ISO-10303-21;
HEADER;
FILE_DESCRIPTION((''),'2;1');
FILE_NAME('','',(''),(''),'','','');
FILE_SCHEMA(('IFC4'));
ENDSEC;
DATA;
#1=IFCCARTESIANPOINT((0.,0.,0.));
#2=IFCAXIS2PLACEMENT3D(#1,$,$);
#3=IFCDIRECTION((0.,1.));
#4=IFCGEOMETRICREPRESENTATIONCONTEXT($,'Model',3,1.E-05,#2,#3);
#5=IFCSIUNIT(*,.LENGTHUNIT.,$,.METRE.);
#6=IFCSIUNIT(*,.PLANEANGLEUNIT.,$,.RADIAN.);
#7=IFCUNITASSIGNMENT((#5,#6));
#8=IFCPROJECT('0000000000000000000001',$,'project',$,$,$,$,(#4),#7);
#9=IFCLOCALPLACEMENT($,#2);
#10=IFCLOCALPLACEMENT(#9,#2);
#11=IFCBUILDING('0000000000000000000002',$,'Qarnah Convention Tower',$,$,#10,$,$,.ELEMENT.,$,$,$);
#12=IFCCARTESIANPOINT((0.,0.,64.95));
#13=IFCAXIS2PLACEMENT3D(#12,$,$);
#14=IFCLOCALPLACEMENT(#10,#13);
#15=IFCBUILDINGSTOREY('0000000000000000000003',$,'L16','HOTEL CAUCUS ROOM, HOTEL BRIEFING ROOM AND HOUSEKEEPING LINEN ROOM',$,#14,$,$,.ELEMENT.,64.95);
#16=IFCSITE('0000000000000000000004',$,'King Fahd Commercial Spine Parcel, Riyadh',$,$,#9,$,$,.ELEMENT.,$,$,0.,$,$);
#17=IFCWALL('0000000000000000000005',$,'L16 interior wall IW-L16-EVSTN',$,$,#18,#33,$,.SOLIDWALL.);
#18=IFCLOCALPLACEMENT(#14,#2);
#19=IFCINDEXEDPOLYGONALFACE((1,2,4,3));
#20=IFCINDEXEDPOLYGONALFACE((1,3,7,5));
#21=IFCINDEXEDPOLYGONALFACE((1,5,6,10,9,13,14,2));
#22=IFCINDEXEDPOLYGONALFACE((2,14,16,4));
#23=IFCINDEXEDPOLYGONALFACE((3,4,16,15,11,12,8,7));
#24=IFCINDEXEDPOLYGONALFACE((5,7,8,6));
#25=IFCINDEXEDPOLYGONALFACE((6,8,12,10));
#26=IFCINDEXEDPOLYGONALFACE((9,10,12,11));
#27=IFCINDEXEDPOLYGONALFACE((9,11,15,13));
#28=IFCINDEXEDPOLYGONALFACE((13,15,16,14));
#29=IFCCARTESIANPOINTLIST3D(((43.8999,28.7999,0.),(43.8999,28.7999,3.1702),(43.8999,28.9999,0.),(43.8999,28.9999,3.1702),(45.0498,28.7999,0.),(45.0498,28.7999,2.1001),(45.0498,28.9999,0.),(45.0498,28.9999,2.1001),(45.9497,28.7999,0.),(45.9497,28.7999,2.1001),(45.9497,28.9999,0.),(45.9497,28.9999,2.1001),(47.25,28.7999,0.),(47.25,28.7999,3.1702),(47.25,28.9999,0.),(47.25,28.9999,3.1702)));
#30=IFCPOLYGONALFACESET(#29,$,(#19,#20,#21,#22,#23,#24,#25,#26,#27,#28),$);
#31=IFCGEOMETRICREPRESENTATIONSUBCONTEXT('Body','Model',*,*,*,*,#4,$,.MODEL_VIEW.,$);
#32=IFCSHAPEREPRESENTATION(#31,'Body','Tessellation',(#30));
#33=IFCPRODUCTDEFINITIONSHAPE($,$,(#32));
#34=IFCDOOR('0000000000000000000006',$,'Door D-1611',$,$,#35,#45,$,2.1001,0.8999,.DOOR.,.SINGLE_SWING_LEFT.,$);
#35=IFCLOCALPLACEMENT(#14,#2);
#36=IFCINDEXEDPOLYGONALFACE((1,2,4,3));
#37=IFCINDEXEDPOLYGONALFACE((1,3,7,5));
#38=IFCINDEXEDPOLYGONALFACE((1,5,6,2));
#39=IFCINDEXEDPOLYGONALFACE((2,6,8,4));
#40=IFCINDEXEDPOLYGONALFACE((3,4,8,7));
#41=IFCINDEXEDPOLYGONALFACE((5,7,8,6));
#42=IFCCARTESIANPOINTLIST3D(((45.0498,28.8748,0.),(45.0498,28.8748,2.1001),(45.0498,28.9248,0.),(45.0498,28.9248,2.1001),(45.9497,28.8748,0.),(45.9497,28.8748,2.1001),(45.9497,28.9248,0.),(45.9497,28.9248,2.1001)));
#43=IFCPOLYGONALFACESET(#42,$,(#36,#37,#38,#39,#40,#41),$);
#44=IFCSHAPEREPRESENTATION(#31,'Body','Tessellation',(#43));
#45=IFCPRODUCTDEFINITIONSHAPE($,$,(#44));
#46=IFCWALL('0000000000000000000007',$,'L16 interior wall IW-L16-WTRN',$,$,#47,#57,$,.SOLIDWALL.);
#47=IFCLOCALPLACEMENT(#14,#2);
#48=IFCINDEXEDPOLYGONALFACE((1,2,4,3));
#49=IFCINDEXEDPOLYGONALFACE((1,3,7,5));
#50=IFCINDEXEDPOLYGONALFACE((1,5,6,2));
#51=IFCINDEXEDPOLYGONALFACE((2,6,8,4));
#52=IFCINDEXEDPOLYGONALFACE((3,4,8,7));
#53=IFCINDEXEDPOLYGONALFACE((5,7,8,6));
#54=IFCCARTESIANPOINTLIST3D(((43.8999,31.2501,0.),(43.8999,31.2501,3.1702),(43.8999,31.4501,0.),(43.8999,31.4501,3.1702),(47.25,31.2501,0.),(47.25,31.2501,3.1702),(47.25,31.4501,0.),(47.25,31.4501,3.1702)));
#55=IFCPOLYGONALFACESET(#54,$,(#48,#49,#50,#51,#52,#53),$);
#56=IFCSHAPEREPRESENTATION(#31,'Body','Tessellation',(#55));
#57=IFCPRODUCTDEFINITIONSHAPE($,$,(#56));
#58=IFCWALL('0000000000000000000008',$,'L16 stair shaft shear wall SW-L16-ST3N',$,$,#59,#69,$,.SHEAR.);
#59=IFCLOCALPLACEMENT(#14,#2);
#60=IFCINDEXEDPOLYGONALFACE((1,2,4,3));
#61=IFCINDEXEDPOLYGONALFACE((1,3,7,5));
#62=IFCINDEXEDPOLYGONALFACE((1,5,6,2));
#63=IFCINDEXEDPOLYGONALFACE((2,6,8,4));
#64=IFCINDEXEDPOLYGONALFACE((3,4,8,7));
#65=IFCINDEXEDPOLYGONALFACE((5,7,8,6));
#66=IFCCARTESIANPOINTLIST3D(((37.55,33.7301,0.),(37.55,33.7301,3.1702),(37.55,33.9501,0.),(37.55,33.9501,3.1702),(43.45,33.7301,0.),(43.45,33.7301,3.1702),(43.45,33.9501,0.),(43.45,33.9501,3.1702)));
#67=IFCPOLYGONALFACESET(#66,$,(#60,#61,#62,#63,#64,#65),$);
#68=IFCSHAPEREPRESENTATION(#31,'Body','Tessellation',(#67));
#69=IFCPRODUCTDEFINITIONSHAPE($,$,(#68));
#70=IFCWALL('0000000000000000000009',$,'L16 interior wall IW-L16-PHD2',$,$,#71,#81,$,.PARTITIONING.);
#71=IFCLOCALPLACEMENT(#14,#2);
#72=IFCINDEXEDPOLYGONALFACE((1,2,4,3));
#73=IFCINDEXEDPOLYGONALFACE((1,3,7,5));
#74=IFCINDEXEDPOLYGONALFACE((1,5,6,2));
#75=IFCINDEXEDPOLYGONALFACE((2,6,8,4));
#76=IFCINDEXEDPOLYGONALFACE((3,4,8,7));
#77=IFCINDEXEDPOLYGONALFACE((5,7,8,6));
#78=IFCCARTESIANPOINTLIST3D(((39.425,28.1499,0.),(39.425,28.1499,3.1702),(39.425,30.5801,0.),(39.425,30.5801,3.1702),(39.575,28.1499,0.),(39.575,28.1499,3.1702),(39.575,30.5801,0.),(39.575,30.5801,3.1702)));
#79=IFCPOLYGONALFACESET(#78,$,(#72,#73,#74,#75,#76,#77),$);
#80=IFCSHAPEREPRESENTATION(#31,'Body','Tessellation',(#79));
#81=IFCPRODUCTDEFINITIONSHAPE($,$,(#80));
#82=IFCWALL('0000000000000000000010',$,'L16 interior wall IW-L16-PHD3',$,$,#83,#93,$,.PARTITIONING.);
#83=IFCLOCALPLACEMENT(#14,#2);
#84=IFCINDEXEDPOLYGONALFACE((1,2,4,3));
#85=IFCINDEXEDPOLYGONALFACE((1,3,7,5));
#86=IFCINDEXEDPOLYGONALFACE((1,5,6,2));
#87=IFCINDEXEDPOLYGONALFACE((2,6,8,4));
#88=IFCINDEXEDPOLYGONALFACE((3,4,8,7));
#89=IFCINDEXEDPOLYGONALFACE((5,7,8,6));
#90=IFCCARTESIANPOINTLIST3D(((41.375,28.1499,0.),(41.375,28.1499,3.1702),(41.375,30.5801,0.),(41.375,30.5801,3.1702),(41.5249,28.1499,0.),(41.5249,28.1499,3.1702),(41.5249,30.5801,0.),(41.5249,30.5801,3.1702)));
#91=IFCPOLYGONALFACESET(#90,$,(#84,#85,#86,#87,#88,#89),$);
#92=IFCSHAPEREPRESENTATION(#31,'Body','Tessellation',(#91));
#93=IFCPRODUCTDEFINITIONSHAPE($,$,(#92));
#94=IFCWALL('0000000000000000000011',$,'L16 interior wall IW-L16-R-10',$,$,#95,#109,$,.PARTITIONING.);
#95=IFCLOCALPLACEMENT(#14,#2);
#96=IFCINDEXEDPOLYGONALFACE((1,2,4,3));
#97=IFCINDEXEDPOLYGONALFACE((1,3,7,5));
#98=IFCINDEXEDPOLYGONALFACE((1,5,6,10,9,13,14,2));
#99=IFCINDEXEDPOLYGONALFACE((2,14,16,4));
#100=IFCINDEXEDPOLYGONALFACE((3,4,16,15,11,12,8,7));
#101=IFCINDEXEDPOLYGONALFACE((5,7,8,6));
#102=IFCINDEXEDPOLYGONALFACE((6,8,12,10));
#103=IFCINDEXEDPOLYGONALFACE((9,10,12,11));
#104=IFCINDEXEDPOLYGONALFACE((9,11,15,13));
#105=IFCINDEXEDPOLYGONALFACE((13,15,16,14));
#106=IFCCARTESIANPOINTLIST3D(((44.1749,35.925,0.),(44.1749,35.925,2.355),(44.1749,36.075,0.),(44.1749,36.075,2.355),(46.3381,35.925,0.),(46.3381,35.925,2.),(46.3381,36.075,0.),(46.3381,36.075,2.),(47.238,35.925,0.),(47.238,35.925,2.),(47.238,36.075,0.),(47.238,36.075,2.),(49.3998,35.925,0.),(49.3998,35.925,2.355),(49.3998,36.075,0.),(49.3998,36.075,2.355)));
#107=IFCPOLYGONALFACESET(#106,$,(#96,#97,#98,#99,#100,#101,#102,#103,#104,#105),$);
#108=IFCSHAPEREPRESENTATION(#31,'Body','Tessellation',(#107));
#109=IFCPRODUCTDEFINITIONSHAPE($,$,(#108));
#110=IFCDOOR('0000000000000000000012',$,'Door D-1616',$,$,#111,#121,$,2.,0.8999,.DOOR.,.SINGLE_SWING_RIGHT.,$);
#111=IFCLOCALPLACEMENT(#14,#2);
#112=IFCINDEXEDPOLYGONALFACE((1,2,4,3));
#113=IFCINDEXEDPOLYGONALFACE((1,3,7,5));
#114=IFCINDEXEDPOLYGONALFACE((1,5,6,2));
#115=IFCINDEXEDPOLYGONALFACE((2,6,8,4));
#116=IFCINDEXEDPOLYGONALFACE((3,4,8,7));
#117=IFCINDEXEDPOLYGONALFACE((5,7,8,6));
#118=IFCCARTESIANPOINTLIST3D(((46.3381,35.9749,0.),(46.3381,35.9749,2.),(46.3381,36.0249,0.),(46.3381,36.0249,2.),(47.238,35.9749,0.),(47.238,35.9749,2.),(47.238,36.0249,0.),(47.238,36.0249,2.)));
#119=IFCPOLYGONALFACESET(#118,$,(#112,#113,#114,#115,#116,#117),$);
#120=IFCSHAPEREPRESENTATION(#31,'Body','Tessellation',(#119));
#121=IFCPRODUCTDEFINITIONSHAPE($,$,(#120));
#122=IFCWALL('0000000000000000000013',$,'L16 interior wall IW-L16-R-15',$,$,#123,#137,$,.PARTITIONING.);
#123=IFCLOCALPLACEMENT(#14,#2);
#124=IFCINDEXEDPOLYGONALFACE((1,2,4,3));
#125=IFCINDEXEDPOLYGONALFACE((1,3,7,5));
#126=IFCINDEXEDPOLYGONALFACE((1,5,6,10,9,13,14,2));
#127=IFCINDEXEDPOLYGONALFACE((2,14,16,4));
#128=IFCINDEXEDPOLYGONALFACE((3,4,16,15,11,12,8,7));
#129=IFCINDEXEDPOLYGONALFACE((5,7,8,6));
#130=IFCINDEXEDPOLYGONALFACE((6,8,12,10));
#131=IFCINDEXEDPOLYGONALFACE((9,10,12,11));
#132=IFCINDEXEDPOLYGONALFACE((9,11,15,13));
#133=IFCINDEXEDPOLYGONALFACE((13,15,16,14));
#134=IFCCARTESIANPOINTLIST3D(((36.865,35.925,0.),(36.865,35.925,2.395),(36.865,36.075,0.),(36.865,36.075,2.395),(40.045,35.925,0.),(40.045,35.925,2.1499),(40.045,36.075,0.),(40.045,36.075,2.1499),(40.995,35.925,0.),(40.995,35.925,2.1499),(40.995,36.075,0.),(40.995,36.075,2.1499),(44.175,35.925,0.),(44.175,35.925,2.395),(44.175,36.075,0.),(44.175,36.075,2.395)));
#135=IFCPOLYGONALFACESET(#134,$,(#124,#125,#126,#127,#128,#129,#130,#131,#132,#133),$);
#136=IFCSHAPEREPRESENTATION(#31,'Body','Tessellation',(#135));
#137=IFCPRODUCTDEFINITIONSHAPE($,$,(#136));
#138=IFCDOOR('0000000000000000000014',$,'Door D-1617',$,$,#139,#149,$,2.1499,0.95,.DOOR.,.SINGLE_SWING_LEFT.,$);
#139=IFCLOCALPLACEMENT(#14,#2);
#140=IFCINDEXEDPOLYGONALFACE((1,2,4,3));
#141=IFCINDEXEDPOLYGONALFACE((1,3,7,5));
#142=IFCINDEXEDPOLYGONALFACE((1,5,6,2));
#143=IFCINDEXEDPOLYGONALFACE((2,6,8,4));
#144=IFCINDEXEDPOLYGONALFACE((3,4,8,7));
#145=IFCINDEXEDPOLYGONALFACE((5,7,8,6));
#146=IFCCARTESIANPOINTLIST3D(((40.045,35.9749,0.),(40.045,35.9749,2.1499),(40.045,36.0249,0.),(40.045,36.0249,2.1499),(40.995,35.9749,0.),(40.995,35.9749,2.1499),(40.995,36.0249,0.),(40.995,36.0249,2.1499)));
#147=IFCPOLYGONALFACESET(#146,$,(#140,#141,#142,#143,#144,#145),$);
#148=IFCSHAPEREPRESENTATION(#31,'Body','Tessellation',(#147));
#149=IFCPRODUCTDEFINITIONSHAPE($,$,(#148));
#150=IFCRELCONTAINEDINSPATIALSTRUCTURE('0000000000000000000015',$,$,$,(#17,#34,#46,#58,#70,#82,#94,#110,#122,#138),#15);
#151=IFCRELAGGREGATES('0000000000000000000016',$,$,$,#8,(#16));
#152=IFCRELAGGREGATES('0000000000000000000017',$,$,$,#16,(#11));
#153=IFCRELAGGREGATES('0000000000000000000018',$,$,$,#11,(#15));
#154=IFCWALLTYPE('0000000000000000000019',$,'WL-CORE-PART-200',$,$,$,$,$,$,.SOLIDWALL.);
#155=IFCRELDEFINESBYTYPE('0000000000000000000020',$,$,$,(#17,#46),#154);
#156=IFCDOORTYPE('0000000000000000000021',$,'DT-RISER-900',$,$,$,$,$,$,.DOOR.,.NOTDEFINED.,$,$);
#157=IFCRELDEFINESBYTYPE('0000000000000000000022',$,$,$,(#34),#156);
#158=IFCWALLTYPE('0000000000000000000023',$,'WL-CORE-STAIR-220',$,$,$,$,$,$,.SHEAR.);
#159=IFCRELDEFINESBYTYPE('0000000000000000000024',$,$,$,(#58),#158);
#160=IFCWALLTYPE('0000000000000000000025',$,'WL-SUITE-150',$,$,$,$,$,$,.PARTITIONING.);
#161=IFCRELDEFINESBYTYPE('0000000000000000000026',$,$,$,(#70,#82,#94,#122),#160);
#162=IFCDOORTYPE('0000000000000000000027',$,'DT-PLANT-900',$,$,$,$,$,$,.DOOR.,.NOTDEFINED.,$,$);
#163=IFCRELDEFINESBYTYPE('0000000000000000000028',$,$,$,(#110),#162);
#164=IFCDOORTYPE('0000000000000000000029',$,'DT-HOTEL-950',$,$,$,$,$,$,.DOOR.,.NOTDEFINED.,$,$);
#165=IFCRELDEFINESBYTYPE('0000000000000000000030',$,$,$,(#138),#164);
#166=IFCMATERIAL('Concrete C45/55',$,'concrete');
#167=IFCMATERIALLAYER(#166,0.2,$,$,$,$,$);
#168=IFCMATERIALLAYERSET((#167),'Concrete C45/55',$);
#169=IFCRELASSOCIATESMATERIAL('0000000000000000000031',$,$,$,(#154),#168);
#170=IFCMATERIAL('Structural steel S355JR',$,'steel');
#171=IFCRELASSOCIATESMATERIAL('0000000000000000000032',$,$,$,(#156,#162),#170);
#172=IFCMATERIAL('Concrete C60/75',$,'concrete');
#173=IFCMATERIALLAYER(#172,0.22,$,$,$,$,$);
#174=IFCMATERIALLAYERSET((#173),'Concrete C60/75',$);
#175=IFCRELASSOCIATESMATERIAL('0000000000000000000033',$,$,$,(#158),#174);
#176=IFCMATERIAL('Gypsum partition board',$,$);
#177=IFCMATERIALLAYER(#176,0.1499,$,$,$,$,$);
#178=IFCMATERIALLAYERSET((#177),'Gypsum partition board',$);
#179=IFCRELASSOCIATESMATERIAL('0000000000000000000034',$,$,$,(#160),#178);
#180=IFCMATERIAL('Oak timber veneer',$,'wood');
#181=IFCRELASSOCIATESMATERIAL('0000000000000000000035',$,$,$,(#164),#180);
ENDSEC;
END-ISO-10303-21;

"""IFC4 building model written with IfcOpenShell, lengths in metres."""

from ifc_helpers import new_model, si_unit, direction, frame, frame_2d, origin, place, context, subcontext, project, spatial, rectangle, extrude, material, layer, layer_set, type_object, element, fill, save


model = new_model("IFC4")

# Units and contexts
model_context = context("Model", 3, precision=1e-05, world=origin(), true_north=direction((0.0, 1.0)))
body_context = subcontext(model_context, "Body", "Model", "MODEL_VIEW")
ifc_project = project(units=[si_unit("LENGTHUNIT", "METRE"), si_unit("PLANEANGLEUNIT", "RADIAN")], contexts=[model_context])

# Site, building, storey
site_placement = place(None, origin())
site = spatial("IfcSite", under=ifc_project, at=site_placement, Name="King Fahd Commercial Spine Parcel, Riyadh", CompositionType="ELEMENT", RefElevation=0.0)
building_placement = place(site_placement, origin())
building = spatial("IfcBuilding", under=site, at=building_placement, Name="Qarnah Convention Tower", CompositionType="ELEMENT")
storey_placement = place(building_placement, frame((0.0, 0.0, 64.95)))
storey = spatial("IfcBuildingStorey", under=building, at=storey_placement, Name="L16", Description="HOTEL CAUCUS ROOM, HOTEL BRIEFING ROOM AND HOUSEKEEPING LINEN ROOM", CompositionType="ELEMENT", Elevation=64.95)

# Shared definitions
ifc_material_1 = material(Name="Structural steel S355JR", Category="steel")

# Wall, opening, door
ifc_material_2 = material(Name="Concrete C45/55", Category="concrete")
ifc_layer_1 = layer(ifc_material_2, 0.2)
ifc_layer_set_1 = layer_set([ifc_layer_1], Name="Concrete C45/55")
wall_type_1 = type_object("IfcWallType", Name="WL-CORE-PART-200", PredefinedType="SOLIDWALL", material=ifc_layer_set_1)
wall_1_placement = place(storey_placement, frame((43.8999, 28.8999, 0.0), z_axis=(0.0, 0.0, 1.0), x_axis=(1.0, 0.0, 0.0)))
wall_1 = element("IfcWall", 1, at=wall_1_placement, inside=storey, type_object=wall_type_1, Name="L16 interior wall IW-L16-EVSTN", PredefinedType="SOLIDWALL", context=body_context, shape_type="SweptSolid", body=[
    extrude(rectangle(XDim=3.3501, YDim=0.2, at=frame_2d((1.675, 0.0))), origin(), (0.0, 0.0, 1.0), 3.1702),
])
opening_1_placement = place(wall_1_placement, frame((1.1499, 0.0, 0.0)))
opening_1 = element("IfcOpeningElement", 2, at=opening_1_placement, cuts=wall_1, PredefinedType="OPENING", context=body_context, shape_type="SweptSolid", body=[
    extrude(rectangle(XDim=0.8999, YDim=2.1001, at=frame_2d((0.45, 1.05))), frame((0.0, 0.1099, 0.0), z_axis=(0.0, -1.0, 0.0), x_axis=(1.0, 0.0, 0.0)), (0.0, 0.0, 1.0), 0.22),
])
door_type_1 = type_object("IfcDoorType", Name="DT-RISER-900", OperationType="NOTDEFINED", PredefinedType="DOOR", material=ifc_material_1)
door_1_placement = place(opening_1_placement, origin())
door_1 = element("IfcDoor", 3, at=door_1_placement, inside=storey, type_object=door_type_1, Name="Door D-1611", OperationType="SINGLE_SWING_LEFT", OverallHeight=2.1001, OverallWidth=0.8999, PredefinedType="DOOR", context=body_context, shape_type="SweptSolid", body=[
    extrude(rectangle(XDim=0.8999, YDim=2.1001, at=frame_2d((0.45, 1.05))), frame((0.0, 0.0249, 0.0), z_axis=(0.0, -1.0, 0.0), x_axis=(1.0, 0.0, 0.0)), (0.0, 0.0, 1.0), 0.05),
])
fill(opening_1, door_1)

# Walls
wall_2_placement = place(storey_placement, frame((43.8999, 31.3501, 0.0), z_axis=(0.0, 0.0, 1.0), x_axis=(1.0, 0.0, 0.0)))
element("IfcWall", 4, at=wall_2_placement, inside=storey, type_object=wall_type_1, Name="L16 interior wall IW-L16-WTRN", PredefinedType="SOLIDWALL", context=body_context, shape_type="SweptSolid", body=[
    extrude(rectangle(XDim=3.3501, YDim=0.2, at=frame_2d((1.675, 0.0))), origin(), (0.0, 0.0, 1.0), 3.1702),
])
ifc_material_3 = material(Name="Concrete C60/75", Category="concrete")
ifc_layer_2 = layer(ifc_material_3, 0.22)
ifc_layer_set_2 = layer_set([ifc_layer_2], Name="Concrete C60/75")
wall_type_2 = type_object("IfcWallType", Name="WL-CORE-STAIR-220", PredefinedType="SHEAR", material=ifc_layer_set_2)
wall_3_placement = place(storey_placement, frame((37.55, 33.8401, 0.0), z_axis=(0.0, 0.0, 1.0), x_axis=(1.0, 0.0, 0.0)))
element("IfcWall", 5, at=wall_3_placement, inside=storey, type_object=wall_type_2, Name="L16 stair shaft shear wall SW-L16-ST3N", PredefinedType="SHEAR", context=body_context, shape_type="SweptSolid", body=[
    extrude(rectangle(XDim=5.8999, YDim=0.22, at=frame_2d((2.95, 0.0))), origin(), (0.0, 0.0, 1.0), 3.1702),
])
ifc_material_4 = material(Name="Gypsum partition board")
ifc_layer_3 = layer(ifc_material_4, 0.1499)
ifc_layer_set_3 = layer_set([ifc_layer_3], Name="Gypsum partition board")
wall_type_3 = type_object("IfcWallType", Name="WL-SUITE-150", PredefinedType="PARTITIONING", material=ifc_layer_set_3)
for number, where, z_axis, x_axis, name in (
    (6, (39.5, 28.1499, 0.0), (0.0, 0.0, 1.0), (0.0, 1.0, 0.0), "L16 interior wall IW-L16-PHD2"),
    (7, (41.45, 28.1499, 0.0), (0.0, 0.0, 1.0), (0.0, 1.0, 0.0), "L16 interior wall IW-L16-PHD3"),
):
    element("IfcWall", number, at=place(storey_placement, frame(where, z_axis=z_axis, x_axis=x_axis)), inside=storey, type_object=wall_type_3, Name=name, PredefinedType="PARTITIONING", context=body_context, shape_type="SweptSolid", body=[
        extrude(rectangle(XDim=2.4302, YDim=0.1499, at=frame_2d((1.2151, 0.0))), origin(), (0.0, 0.0, 1.0), 3.1702),
    ])

# Walls, openings, doors
wall_4_placement = place(storey_placement, frame((44.175, 36.0, 0.0), z_axis=(0.0, 0.0, 1.0), x_axis=(1.0, 0.0, 0.0)))
wall_4 = element("IfcWall", 8, at=wall_4_placement, inside=storey, type_object=wall_type_3, Name="L16 interior wall IW-L16-R-10", PredefinedType="PARTITIONING", context=body_context, shape_type="SweptSolid", body=[
    extrude(rectangle(XDim=5.2249, YDim=0.1499, at=frame_2d((2.6123, 0.0))), origin(), (0.0, 0.0, 1.0), 2.355),
])
opening_2_placement = place(wall_4_placement, frame((2.1631, 0.0, 0.0)))
opening_2 = element("IfcOpeningElement", 9, at=opening_2_placement, cuts=wall_4, PredefinedType="OPENING", context=body_context, shape_type="SweptSolid", body=[
    extrude(rectangle(XDim=0.8999, YDim=2.0, at=frame_2d((0.45, 1.0))), frame((0.0, 0.085, 0.0), z_axis=(0.0, -1.0, 0.0), x_axis=(1.0, 0.0, 0.0)), (0.0, 0.0, 1.0), 0.1699),
])
door_type_2 = type_object("IfcDoorType", Name="DT-PLANT-900", OperationType="NOTDEFINED", PredefinedType="DOOR", material=ifc_material_1)
door_2_placement = place(opening_2_placement, origin())
door_2 = element("IfcDoor", 10, at=door_2_placement, inside=storey, type_object=door_type_2, Name="Door D-1616", OperationType="SINGLE_SWING_RIGHT", OverallHeight=2.0, OverallWidth=0.8999, PredefinedType="DOOR", context=body_context, shape_type="SweptSolid", body=[
    extrude(rectangle(XDim=0.8999, YDim=2.0, at=frame_2d((0.45, 1.0))), frame((0.0, 0.0249, 0.0), z_axis=(0.0, -1.0, 0.0), x_axis=(1.0, 0.0, 0.0)), (0.0, 0.0, 1.0), 0.05),
])
fill(opening_2, door_2)
wall_5_placement = place(storey_placement, frame((36.865, 36.0, 0.0), z_axis=(0.0, 0.0, 1.0), x_axis=(1.0, 0.0, 0.0)))
wall_5 = element("IfcWall", 11, at=wall_5_placement, inside=storey, type_object=wall_type_3, Name="L16 interior wall IW-L16-R-15", PredefinedType="PARTITIONING", context=body_context, shape_type="SweptSolid", body=[
    extrude(rectangle(XDim=7.3101, YDim=0.1499, at=frame_2d((3.655, 0.0))), origin(), (0.0, 0.0, 1.0), 2.395),
])
opening_3_placement = place(wall_5_placement, frame((3.1799, 0.0, 0.0)))
opening_3 = element("IfcOpeningElement", 12, at=opening_3_placement, cuts=wall_5, PredefinedType="OPENING", context=body_context, shape_type="SweptSolid", body=[
    extrude(rectangle(XDim=0.95, YDim=2.1499, at=frame_2d((0.4751, 1.075))), frame((0.0, 0.085, 0.0), z_axis=(0.0, -1.0, 0.0), x_axis=(1.0, 0.0, 0.0)), (0.0, 0.0, 1.0), 0.1699),
])
ifc_material_5 = material(Name="Oak timber veneer", Category="wood")
door_type_3 = type_object("IfcDoorType", Name="DT-HOTEL-950", OperationType="NOTDEFINED", PredefinedType="DOOR", material=ifc_material_5)
door_3_placement = place(opening_3_placement, origin())
door_3 = element("IfcDoor", 13, at=door_3_placement, inside=storey, type_object=door_type_3, Name="Door D-1617", OperationType="SINGLE_SWING_LEFT", OverallHeight=2.1499, OverallWidth=0.95, PredefinedType="DOOR", context=body_context, shape_type="SweptSolid", body=[
    extrude(rectangle(XDim=0.95, YDim=2.1499, at=frame_2d((0.4751, 1.075))), frame((0.0, 0.0249, 0.0), z_axis=(0.0, -1.0, 0.0), x_axis=(1.0, 0.0, 0.0)), (0.0, 0.0, 1.0), 0.05),
])
fill(opening_3, door_3)

save(model, "model.ifc")
